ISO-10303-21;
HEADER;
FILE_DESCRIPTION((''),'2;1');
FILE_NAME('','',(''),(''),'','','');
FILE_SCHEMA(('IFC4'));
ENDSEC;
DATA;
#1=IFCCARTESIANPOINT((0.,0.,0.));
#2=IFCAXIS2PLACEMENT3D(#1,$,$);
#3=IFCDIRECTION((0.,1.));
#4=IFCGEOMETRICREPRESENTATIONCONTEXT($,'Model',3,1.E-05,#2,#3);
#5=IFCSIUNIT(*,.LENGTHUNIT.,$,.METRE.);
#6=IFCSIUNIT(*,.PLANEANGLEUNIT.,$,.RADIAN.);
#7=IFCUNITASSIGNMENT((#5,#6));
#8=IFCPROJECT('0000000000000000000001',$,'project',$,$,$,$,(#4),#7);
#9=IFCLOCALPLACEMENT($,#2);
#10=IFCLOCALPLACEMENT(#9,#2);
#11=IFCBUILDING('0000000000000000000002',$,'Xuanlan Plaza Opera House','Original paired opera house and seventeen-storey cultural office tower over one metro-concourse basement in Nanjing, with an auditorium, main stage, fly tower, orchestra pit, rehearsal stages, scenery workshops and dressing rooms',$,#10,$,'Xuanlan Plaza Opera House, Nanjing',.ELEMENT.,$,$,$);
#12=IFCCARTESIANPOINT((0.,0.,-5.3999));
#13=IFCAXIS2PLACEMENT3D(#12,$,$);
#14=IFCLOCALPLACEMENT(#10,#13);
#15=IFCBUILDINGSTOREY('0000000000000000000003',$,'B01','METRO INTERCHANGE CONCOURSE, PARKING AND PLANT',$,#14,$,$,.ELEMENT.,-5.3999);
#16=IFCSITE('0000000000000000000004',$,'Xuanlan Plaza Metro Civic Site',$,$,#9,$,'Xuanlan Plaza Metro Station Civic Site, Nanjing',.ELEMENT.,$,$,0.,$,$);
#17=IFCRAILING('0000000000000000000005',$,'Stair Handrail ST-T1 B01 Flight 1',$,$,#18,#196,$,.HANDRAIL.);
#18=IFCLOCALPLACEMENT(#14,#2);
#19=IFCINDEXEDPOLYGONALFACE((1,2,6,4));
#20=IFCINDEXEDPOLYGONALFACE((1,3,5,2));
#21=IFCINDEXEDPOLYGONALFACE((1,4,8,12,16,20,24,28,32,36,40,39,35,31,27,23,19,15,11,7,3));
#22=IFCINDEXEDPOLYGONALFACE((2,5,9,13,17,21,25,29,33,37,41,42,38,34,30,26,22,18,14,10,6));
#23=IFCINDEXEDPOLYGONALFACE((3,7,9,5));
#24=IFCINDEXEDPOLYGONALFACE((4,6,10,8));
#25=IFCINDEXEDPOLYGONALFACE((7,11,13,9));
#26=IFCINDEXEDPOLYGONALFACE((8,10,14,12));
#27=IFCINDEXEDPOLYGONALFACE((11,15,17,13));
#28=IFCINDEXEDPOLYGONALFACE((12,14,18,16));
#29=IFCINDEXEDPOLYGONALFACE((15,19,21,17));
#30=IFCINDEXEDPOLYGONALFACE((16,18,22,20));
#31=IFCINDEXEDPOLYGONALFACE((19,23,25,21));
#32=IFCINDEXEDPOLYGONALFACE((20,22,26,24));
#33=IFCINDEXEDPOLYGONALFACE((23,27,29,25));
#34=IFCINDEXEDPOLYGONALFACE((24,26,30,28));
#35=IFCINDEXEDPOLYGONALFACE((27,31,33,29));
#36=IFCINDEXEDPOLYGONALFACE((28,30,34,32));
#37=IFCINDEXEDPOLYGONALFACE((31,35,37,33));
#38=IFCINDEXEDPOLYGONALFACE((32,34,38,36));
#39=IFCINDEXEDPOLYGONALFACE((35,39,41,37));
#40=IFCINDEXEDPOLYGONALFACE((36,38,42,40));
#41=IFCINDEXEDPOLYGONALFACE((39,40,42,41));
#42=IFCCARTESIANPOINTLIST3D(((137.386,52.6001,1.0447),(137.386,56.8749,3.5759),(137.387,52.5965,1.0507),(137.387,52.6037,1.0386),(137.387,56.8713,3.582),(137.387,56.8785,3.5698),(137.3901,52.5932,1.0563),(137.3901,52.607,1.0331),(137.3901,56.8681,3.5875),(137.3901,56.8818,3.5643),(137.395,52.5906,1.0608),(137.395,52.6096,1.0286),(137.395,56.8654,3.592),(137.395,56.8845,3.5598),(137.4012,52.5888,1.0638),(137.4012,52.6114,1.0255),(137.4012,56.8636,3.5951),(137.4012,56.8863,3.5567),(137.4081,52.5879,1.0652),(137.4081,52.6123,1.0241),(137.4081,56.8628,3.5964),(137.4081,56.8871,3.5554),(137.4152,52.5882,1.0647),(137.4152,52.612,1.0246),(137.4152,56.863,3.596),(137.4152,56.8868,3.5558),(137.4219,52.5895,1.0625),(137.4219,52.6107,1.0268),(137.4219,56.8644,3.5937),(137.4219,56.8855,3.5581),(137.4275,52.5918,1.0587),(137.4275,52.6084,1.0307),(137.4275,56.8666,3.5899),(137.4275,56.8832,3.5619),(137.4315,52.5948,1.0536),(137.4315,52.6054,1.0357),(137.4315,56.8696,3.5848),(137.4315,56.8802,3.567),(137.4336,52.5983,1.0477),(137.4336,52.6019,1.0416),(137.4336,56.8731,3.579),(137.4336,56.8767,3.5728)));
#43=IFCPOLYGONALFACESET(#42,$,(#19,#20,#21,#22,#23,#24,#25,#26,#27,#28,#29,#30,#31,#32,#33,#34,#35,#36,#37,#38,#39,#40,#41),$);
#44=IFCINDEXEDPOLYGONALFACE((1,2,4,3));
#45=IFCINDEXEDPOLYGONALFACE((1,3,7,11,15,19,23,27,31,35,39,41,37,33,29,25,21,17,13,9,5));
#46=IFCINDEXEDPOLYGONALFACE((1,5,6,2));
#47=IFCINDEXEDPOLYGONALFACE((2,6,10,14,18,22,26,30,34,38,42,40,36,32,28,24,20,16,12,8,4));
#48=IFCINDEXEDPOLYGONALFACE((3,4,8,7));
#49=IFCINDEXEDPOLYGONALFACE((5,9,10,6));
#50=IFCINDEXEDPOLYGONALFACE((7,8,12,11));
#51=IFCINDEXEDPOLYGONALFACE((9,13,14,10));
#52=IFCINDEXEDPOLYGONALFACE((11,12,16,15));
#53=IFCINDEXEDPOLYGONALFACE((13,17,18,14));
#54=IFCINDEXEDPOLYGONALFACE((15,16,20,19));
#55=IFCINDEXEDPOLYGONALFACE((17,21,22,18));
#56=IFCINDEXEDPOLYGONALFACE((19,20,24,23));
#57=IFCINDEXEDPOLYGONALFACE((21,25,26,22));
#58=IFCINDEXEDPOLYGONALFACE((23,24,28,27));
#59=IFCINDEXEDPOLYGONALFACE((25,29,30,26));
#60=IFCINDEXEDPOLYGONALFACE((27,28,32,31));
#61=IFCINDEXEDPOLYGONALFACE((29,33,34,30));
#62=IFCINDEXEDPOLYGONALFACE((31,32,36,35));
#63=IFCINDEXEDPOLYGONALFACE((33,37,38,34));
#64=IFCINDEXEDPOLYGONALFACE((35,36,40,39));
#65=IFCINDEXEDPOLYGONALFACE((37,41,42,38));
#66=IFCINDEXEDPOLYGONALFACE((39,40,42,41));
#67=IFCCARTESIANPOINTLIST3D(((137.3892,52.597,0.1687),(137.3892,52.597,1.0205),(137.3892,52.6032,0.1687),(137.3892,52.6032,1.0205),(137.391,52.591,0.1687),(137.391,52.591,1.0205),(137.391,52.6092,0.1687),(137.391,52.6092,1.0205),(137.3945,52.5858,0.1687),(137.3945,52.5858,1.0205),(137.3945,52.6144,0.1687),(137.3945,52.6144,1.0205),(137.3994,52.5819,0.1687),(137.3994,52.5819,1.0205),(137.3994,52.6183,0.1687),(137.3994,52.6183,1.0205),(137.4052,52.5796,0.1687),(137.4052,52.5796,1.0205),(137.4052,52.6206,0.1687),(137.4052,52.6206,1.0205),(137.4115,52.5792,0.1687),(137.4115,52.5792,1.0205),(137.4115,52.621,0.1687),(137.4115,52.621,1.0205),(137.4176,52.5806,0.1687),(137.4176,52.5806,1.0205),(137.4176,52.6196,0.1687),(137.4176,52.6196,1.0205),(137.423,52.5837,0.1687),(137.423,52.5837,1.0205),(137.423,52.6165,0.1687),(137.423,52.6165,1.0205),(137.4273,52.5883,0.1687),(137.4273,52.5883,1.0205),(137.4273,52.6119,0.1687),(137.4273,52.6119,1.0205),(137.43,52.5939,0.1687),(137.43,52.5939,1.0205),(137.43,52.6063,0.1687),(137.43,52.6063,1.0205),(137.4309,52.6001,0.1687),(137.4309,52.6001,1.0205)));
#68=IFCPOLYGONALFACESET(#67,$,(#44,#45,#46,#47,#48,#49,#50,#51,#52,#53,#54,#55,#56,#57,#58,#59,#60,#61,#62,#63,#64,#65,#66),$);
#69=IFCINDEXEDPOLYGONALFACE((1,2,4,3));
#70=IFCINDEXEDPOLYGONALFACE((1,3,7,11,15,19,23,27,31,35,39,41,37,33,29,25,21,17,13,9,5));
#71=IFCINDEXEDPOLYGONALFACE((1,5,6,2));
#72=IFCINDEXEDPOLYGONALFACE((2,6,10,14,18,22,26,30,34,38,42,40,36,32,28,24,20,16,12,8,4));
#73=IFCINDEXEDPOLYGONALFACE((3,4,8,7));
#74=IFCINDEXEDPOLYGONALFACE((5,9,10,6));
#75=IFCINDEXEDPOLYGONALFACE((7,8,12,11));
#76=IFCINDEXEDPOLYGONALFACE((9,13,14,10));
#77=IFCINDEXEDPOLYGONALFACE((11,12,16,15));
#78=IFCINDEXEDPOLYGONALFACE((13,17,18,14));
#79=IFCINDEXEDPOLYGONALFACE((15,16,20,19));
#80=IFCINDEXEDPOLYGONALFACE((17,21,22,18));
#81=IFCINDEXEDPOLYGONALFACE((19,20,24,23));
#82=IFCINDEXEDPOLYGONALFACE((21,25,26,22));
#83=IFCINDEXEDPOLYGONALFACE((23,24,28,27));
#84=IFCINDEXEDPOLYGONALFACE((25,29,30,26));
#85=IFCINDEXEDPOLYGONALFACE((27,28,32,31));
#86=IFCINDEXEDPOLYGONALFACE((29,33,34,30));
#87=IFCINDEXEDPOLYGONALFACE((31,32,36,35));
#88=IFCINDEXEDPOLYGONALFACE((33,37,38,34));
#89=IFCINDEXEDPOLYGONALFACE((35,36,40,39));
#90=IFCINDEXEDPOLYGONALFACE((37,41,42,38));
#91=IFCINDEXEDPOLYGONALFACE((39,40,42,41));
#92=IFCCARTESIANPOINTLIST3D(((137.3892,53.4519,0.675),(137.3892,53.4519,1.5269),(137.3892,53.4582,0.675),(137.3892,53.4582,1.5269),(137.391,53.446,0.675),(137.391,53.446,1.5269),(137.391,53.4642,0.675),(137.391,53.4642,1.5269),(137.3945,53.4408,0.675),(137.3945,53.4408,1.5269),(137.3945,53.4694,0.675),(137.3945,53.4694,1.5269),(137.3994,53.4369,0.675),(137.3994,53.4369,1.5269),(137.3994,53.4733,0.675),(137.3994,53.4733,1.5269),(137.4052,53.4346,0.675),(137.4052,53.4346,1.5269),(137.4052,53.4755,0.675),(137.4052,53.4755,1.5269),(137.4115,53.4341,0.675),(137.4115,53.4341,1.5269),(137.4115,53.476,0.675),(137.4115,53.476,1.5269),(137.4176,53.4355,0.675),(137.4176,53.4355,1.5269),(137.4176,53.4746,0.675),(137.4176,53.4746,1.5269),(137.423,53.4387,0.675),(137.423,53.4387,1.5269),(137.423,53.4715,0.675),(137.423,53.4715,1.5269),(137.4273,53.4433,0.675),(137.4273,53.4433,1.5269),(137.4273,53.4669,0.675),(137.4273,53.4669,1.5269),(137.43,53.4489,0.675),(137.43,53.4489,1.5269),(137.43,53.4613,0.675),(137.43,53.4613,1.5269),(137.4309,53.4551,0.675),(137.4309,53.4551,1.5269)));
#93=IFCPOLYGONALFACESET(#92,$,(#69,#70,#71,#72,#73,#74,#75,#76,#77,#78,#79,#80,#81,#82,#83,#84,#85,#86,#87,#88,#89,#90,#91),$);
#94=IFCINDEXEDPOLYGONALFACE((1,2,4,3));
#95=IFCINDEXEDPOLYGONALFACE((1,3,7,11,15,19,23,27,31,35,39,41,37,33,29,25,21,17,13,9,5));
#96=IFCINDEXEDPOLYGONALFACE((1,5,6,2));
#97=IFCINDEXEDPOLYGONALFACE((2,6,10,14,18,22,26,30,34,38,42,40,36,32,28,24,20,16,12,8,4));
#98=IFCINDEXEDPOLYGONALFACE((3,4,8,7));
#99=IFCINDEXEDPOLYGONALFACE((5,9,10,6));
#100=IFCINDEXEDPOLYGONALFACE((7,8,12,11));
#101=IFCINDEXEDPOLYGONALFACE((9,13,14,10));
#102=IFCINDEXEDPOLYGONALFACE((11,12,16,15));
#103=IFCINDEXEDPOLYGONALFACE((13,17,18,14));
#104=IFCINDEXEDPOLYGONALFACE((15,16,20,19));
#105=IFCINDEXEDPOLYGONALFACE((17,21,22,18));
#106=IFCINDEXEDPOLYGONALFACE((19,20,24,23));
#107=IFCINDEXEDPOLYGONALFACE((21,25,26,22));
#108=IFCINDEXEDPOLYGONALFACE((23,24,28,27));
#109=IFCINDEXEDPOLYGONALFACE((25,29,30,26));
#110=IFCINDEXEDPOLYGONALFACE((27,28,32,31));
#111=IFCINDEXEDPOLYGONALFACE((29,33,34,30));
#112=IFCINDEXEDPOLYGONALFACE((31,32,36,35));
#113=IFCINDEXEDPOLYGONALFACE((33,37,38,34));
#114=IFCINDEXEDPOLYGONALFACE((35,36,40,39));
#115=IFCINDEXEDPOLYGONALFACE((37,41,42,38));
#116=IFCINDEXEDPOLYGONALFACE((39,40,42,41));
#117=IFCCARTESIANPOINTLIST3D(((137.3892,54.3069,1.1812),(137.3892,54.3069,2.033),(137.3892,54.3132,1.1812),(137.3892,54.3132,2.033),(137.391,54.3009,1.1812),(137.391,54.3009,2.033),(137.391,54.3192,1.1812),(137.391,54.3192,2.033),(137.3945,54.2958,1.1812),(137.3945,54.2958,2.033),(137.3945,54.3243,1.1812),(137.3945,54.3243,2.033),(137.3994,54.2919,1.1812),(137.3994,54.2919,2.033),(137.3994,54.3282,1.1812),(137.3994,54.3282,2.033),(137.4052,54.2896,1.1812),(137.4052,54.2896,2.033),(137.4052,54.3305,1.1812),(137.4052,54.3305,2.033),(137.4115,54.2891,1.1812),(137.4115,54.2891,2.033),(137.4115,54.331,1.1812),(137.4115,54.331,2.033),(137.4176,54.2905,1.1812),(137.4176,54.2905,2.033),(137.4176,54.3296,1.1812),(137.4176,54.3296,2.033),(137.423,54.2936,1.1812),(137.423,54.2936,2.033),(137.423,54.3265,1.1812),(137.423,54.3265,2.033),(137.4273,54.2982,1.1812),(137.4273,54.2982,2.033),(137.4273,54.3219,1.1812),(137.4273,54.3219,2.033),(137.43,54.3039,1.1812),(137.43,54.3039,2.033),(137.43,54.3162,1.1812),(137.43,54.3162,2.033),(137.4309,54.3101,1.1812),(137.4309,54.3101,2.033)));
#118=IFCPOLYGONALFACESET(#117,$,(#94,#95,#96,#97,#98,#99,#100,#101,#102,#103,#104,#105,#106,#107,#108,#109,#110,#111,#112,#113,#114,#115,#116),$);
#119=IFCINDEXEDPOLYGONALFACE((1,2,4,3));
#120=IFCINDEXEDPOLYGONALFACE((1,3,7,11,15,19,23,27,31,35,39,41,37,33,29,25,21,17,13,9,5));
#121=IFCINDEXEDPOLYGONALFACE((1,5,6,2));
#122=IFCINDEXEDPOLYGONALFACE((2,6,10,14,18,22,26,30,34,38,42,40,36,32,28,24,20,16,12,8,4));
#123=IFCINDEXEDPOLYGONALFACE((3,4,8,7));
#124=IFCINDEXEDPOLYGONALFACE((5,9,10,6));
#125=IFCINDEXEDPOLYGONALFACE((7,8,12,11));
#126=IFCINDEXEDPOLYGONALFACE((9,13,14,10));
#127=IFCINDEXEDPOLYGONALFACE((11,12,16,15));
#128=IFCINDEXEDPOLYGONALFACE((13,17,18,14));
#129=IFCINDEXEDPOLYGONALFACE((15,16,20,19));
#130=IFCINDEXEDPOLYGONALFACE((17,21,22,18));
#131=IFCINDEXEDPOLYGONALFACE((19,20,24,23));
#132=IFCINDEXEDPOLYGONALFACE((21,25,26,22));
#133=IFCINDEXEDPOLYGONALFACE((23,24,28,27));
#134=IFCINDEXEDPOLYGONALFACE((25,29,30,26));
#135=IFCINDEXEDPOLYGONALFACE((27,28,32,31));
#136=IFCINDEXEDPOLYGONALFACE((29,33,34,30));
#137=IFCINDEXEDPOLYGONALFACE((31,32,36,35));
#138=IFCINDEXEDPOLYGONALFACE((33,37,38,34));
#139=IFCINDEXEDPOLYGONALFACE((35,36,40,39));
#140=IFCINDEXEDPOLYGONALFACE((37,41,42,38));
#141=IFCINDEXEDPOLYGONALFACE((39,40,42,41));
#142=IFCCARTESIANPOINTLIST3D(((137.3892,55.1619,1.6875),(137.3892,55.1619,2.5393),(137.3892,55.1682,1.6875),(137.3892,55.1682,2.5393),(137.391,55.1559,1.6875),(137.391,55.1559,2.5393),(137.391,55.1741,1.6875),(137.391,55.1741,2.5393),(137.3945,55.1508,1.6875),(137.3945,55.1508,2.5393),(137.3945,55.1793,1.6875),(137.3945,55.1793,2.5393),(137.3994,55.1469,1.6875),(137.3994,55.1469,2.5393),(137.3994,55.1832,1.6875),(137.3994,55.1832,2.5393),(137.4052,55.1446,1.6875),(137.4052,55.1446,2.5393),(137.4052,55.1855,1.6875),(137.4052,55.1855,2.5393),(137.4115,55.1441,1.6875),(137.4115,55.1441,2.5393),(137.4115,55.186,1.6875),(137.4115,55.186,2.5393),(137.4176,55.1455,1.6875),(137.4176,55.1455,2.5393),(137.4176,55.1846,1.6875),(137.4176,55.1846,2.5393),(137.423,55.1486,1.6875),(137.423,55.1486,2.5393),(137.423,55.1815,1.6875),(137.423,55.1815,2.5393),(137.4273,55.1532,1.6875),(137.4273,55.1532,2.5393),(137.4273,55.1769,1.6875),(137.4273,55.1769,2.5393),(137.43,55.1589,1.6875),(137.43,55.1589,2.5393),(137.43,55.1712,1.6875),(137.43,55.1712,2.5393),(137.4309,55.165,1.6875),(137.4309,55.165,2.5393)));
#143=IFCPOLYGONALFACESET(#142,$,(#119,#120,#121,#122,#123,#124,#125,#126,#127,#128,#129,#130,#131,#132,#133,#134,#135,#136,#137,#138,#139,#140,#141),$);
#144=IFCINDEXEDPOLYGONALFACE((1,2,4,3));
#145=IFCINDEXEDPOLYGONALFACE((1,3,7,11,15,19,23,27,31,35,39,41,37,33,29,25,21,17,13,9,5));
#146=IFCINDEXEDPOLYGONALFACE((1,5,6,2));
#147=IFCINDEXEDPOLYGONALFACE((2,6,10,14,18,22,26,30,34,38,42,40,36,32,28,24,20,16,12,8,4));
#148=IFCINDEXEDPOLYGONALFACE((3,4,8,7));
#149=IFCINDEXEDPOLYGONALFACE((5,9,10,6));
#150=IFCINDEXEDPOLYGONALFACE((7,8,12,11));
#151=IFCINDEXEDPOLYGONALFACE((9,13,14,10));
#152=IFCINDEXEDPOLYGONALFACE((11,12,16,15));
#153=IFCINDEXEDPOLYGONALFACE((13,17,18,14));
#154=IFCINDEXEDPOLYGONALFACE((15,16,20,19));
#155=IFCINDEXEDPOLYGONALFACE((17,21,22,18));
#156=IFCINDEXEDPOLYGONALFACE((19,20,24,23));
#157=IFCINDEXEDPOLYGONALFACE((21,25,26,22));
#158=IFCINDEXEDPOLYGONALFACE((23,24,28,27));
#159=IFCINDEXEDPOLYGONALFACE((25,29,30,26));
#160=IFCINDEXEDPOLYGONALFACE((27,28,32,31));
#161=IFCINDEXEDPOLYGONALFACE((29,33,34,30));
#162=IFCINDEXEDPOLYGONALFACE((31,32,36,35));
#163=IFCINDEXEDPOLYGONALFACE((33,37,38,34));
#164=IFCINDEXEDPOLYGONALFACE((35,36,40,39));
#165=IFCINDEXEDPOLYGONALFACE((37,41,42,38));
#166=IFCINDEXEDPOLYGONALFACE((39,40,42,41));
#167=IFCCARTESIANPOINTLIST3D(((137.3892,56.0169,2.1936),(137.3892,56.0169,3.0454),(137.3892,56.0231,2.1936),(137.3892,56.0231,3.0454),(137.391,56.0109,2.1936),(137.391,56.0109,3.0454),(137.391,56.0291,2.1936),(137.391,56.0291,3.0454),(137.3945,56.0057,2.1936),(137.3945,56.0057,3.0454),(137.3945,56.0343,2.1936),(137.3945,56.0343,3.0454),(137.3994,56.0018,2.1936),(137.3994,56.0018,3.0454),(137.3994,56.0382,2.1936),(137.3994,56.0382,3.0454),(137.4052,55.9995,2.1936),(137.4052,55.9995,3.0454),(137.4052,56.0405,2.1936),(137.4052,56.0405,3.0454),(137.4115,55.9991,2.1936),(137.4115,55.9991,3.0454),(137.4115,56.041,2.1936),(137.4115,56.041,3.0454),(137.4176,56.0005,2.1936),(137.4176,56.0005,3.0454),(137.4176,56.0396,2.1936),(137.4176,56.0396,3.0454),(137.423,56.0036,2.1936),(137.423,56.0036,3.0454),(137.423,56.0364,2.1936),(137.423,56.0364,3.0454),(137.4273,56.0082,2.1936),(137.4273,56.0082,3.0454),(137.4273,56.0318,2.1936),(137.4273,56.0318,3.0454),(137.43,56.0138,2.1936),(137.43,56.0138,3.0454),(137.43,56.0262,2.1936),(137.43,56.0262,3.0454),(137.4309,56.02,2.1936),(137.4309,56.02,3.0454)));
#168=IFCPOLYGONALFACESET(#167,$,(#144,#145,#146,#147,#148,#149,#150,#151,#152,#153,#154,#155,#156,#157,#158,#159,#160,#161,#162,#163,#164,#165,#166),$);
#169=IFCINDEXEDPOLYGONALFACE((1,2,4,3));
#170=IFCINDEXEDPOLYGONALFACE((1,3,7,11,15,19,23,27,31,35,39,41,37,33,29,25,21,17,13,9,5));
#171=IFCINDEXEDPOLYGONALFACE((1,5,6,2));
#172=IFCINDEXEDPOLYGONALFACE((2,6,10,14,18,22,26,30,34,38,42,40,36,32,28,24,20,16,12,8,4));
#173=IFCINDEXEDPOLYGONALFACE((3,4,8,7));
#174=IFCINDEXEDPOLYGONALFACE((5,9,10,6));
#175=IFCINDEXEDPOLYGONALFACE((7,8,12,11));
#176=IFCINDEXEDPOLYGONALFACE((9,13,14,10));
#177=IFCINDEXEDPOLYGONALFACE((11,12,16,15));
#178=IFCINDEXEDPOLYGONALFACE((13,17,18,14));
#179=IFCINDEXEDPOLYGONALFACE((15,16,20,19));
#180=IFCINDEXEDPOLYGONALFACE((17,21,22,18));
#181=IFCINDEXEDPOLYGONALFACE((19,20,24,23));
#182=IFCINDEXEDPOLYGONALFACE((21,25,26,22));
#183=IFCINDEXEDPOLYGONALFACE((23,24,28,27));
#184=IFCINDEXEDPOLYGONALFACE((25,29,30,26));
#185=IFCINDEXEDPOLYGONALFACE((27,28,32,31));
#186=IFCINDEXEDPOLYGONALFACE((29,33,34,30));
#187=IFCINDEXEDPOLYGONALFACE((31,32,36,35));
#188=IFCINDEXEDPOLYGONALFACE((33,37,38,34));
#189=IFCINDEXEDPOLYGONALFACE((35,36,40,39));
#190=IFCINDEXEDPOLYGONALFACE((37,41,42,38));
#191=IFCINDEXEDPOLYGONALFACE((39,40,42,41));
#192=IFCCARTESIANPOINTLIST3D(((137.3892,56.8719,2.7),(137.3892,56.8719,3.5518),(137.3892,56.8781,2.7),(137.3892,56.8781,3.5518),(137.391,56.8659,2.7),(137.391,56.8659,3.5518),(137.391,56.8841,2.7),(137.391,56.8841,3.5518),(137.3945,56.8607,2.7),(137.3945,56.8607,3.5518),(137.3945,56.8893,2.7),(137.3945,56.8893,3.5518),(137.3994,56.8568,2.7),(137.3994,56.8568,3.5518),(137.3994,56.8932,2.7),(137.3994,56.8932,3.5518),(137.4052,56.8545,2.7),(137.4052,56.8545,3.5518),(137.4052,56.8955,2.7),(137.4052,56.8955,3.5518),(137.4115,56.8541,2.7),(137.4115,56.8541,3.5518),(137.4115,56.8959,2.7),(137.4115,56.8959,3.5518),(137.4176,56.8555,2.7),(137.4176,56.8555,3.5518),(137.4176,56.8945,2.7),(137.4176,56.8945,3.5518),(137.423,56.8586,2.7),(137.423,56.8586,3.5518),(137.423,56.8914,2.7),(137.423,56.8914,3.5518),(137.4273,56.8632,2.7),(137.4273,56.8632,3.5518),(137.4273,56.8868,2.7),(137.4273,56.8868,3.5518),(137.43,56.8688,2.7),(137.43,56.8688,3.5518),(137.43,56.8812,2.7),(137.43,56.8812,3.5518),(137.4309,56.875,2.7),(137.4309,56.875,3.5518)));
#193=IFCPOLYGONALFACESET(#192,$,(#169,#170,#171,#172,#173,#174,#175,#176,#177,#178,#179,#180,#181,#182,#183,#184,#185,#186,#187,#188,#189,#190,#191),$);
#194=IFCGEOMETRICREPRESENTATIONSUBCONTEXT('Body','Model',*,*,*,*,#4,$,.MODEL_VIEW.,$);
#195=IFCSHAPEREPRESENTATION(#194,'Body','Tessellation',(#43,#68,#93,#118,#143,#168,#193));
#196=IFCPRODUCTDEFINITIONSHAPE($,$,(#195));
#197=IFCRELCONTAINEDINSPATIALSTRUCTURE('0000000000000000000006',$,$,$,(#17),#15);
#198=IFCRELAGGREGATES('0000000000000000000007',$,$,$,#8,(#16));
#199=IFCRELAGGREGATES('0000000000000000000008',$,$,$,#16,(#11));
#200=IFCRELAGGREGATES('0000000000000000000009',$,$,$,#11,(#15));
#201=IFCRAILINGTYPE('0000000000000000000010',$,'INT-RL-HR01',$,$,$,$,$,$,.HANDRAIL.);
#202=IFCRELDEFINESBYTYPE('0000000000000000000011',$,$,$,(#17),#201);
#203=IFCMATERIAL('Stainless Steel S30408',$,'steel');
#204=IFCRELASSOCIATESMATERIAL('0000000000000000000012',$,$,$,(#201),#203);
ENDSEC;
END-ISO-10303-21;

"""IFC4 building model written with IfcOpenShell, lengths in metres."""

from ifc_helpers import new_model, si_unit, direction, frame, origin, origin_2d, place, context, subcontext, project, spatial, circle, extrude, material, type_object, element, save


model = new_model("IFC4")

# Units and contexts
model_context = context("Model", 3, precision=1e-05, world=origin(), true_north=direction((0.0, 1.0)))
body_context = subcontext(model_context, "Body", "Model", "MODEL_VIEW")
ifc_project = project(units=[si_unit("LENGTHUNIT", "METRE"), si_unit("PLANEANGLEUNIT", "RADIAN")], contexts=[model_context])

# Site, building, storey
site_placement = place(None, origin())
site = spatial("IfcSite", under=ifc_project, at=site_placement, Name="Xuanlan Plaza Metro Civic Site", LongName="Xuanlan Plaza Metro Station Civic Site, Nanjing", CompositionType="ELEMENT", RefElevation=0.0)
building_placement = place(site_placement, origin())
building = spatial("IfcBuilding", under=site, at=building_placement, Name="Xuanlan Plaza Opera House", Description="Original paired opera house and seventeen-storey cultural office tower over one metro-concourse basement in Nanjing, with an auditorium, main stage, fly tower, orchestra pit, rehearsal stages, scenery workshops and dressing rooms", LongName="Xuanlan Plaza Opera House, Nanjing", CompositionType="ELEMENT")
storey_placement = place(building_placement, frame((0.0, 0.0, -5.3999)))
storey = spatial("IfcBuildingStorey", under=building, at=storey_placement, Name="B01", Description="METRO INTERCHANGE CONCOURSE, PARKING AND PLANT", CompositionType="ELEMENT", Elevation=-5.3999)

# Shared definitions
ifc_material_1 = material(Name="Stainless Steel S30408", Category="steel")

# Railing
railing_type = type_object("IfcRailingType", Name="INT-RL-HR01", PredefinedType="HANDRAIL", material=ifc_material_1)
railing_placement = place(storey_placement, frame((137.4099, 52.6001, 0.1687)))
element("IfcRailing", 1, at=railing_placement, inside=storey, type_object=railing_type, Name="Stair Handrail ST-T1 B01 Flight 1", PredefinedType="HANDRAIL", context=body_context, shape_type="SweptSolid", body=[
    extrude(circle(Radius=0.0239, at=origin_2d()), frame((0.0, 0.0, 0.876), z_axis=(0.0, 0.86047, 0.509501), x_axis=(-1.0, 0.0, 0.0)), (0.0, 0.0, 1.0), 4.968),
    extrude(circle(Radius=0.021, at=origin_2d()), origin(), (0.0, 0.0, 1.0), 0.8518),
    extrude(circle(Radius=0.021, at=origin_2d()), frame((0.0, 0.855, 0.5063)), (0.0, 0.0, 1.0), 0.8518),
    extrude(circle(Radius=0.021, at=origin_2d()), frame((0.0, 1.71, 1.0125)), (0.0, 0.0, 1.0), 0.8518),
    extrude(circle(Radius=0.021, at=origin_2d()), frame((0.0, 2.5649, 1.5188)), (0.0, 0.0, 1.0), 0.8518),
    extrude(circle(Radius=0.021, at=origin_2d()), frame((0.0, 3.4199, 2.0249)), (0.0, 0.0, 1.0), 0.8518),
    extrude(circle(Radius=0.021, at=origin_2d()), frame((0.0, 4.2749, 2.5312)), (0.0, 0.0, 1.0), 0.8518),
])

save(model, "model.ifc")
